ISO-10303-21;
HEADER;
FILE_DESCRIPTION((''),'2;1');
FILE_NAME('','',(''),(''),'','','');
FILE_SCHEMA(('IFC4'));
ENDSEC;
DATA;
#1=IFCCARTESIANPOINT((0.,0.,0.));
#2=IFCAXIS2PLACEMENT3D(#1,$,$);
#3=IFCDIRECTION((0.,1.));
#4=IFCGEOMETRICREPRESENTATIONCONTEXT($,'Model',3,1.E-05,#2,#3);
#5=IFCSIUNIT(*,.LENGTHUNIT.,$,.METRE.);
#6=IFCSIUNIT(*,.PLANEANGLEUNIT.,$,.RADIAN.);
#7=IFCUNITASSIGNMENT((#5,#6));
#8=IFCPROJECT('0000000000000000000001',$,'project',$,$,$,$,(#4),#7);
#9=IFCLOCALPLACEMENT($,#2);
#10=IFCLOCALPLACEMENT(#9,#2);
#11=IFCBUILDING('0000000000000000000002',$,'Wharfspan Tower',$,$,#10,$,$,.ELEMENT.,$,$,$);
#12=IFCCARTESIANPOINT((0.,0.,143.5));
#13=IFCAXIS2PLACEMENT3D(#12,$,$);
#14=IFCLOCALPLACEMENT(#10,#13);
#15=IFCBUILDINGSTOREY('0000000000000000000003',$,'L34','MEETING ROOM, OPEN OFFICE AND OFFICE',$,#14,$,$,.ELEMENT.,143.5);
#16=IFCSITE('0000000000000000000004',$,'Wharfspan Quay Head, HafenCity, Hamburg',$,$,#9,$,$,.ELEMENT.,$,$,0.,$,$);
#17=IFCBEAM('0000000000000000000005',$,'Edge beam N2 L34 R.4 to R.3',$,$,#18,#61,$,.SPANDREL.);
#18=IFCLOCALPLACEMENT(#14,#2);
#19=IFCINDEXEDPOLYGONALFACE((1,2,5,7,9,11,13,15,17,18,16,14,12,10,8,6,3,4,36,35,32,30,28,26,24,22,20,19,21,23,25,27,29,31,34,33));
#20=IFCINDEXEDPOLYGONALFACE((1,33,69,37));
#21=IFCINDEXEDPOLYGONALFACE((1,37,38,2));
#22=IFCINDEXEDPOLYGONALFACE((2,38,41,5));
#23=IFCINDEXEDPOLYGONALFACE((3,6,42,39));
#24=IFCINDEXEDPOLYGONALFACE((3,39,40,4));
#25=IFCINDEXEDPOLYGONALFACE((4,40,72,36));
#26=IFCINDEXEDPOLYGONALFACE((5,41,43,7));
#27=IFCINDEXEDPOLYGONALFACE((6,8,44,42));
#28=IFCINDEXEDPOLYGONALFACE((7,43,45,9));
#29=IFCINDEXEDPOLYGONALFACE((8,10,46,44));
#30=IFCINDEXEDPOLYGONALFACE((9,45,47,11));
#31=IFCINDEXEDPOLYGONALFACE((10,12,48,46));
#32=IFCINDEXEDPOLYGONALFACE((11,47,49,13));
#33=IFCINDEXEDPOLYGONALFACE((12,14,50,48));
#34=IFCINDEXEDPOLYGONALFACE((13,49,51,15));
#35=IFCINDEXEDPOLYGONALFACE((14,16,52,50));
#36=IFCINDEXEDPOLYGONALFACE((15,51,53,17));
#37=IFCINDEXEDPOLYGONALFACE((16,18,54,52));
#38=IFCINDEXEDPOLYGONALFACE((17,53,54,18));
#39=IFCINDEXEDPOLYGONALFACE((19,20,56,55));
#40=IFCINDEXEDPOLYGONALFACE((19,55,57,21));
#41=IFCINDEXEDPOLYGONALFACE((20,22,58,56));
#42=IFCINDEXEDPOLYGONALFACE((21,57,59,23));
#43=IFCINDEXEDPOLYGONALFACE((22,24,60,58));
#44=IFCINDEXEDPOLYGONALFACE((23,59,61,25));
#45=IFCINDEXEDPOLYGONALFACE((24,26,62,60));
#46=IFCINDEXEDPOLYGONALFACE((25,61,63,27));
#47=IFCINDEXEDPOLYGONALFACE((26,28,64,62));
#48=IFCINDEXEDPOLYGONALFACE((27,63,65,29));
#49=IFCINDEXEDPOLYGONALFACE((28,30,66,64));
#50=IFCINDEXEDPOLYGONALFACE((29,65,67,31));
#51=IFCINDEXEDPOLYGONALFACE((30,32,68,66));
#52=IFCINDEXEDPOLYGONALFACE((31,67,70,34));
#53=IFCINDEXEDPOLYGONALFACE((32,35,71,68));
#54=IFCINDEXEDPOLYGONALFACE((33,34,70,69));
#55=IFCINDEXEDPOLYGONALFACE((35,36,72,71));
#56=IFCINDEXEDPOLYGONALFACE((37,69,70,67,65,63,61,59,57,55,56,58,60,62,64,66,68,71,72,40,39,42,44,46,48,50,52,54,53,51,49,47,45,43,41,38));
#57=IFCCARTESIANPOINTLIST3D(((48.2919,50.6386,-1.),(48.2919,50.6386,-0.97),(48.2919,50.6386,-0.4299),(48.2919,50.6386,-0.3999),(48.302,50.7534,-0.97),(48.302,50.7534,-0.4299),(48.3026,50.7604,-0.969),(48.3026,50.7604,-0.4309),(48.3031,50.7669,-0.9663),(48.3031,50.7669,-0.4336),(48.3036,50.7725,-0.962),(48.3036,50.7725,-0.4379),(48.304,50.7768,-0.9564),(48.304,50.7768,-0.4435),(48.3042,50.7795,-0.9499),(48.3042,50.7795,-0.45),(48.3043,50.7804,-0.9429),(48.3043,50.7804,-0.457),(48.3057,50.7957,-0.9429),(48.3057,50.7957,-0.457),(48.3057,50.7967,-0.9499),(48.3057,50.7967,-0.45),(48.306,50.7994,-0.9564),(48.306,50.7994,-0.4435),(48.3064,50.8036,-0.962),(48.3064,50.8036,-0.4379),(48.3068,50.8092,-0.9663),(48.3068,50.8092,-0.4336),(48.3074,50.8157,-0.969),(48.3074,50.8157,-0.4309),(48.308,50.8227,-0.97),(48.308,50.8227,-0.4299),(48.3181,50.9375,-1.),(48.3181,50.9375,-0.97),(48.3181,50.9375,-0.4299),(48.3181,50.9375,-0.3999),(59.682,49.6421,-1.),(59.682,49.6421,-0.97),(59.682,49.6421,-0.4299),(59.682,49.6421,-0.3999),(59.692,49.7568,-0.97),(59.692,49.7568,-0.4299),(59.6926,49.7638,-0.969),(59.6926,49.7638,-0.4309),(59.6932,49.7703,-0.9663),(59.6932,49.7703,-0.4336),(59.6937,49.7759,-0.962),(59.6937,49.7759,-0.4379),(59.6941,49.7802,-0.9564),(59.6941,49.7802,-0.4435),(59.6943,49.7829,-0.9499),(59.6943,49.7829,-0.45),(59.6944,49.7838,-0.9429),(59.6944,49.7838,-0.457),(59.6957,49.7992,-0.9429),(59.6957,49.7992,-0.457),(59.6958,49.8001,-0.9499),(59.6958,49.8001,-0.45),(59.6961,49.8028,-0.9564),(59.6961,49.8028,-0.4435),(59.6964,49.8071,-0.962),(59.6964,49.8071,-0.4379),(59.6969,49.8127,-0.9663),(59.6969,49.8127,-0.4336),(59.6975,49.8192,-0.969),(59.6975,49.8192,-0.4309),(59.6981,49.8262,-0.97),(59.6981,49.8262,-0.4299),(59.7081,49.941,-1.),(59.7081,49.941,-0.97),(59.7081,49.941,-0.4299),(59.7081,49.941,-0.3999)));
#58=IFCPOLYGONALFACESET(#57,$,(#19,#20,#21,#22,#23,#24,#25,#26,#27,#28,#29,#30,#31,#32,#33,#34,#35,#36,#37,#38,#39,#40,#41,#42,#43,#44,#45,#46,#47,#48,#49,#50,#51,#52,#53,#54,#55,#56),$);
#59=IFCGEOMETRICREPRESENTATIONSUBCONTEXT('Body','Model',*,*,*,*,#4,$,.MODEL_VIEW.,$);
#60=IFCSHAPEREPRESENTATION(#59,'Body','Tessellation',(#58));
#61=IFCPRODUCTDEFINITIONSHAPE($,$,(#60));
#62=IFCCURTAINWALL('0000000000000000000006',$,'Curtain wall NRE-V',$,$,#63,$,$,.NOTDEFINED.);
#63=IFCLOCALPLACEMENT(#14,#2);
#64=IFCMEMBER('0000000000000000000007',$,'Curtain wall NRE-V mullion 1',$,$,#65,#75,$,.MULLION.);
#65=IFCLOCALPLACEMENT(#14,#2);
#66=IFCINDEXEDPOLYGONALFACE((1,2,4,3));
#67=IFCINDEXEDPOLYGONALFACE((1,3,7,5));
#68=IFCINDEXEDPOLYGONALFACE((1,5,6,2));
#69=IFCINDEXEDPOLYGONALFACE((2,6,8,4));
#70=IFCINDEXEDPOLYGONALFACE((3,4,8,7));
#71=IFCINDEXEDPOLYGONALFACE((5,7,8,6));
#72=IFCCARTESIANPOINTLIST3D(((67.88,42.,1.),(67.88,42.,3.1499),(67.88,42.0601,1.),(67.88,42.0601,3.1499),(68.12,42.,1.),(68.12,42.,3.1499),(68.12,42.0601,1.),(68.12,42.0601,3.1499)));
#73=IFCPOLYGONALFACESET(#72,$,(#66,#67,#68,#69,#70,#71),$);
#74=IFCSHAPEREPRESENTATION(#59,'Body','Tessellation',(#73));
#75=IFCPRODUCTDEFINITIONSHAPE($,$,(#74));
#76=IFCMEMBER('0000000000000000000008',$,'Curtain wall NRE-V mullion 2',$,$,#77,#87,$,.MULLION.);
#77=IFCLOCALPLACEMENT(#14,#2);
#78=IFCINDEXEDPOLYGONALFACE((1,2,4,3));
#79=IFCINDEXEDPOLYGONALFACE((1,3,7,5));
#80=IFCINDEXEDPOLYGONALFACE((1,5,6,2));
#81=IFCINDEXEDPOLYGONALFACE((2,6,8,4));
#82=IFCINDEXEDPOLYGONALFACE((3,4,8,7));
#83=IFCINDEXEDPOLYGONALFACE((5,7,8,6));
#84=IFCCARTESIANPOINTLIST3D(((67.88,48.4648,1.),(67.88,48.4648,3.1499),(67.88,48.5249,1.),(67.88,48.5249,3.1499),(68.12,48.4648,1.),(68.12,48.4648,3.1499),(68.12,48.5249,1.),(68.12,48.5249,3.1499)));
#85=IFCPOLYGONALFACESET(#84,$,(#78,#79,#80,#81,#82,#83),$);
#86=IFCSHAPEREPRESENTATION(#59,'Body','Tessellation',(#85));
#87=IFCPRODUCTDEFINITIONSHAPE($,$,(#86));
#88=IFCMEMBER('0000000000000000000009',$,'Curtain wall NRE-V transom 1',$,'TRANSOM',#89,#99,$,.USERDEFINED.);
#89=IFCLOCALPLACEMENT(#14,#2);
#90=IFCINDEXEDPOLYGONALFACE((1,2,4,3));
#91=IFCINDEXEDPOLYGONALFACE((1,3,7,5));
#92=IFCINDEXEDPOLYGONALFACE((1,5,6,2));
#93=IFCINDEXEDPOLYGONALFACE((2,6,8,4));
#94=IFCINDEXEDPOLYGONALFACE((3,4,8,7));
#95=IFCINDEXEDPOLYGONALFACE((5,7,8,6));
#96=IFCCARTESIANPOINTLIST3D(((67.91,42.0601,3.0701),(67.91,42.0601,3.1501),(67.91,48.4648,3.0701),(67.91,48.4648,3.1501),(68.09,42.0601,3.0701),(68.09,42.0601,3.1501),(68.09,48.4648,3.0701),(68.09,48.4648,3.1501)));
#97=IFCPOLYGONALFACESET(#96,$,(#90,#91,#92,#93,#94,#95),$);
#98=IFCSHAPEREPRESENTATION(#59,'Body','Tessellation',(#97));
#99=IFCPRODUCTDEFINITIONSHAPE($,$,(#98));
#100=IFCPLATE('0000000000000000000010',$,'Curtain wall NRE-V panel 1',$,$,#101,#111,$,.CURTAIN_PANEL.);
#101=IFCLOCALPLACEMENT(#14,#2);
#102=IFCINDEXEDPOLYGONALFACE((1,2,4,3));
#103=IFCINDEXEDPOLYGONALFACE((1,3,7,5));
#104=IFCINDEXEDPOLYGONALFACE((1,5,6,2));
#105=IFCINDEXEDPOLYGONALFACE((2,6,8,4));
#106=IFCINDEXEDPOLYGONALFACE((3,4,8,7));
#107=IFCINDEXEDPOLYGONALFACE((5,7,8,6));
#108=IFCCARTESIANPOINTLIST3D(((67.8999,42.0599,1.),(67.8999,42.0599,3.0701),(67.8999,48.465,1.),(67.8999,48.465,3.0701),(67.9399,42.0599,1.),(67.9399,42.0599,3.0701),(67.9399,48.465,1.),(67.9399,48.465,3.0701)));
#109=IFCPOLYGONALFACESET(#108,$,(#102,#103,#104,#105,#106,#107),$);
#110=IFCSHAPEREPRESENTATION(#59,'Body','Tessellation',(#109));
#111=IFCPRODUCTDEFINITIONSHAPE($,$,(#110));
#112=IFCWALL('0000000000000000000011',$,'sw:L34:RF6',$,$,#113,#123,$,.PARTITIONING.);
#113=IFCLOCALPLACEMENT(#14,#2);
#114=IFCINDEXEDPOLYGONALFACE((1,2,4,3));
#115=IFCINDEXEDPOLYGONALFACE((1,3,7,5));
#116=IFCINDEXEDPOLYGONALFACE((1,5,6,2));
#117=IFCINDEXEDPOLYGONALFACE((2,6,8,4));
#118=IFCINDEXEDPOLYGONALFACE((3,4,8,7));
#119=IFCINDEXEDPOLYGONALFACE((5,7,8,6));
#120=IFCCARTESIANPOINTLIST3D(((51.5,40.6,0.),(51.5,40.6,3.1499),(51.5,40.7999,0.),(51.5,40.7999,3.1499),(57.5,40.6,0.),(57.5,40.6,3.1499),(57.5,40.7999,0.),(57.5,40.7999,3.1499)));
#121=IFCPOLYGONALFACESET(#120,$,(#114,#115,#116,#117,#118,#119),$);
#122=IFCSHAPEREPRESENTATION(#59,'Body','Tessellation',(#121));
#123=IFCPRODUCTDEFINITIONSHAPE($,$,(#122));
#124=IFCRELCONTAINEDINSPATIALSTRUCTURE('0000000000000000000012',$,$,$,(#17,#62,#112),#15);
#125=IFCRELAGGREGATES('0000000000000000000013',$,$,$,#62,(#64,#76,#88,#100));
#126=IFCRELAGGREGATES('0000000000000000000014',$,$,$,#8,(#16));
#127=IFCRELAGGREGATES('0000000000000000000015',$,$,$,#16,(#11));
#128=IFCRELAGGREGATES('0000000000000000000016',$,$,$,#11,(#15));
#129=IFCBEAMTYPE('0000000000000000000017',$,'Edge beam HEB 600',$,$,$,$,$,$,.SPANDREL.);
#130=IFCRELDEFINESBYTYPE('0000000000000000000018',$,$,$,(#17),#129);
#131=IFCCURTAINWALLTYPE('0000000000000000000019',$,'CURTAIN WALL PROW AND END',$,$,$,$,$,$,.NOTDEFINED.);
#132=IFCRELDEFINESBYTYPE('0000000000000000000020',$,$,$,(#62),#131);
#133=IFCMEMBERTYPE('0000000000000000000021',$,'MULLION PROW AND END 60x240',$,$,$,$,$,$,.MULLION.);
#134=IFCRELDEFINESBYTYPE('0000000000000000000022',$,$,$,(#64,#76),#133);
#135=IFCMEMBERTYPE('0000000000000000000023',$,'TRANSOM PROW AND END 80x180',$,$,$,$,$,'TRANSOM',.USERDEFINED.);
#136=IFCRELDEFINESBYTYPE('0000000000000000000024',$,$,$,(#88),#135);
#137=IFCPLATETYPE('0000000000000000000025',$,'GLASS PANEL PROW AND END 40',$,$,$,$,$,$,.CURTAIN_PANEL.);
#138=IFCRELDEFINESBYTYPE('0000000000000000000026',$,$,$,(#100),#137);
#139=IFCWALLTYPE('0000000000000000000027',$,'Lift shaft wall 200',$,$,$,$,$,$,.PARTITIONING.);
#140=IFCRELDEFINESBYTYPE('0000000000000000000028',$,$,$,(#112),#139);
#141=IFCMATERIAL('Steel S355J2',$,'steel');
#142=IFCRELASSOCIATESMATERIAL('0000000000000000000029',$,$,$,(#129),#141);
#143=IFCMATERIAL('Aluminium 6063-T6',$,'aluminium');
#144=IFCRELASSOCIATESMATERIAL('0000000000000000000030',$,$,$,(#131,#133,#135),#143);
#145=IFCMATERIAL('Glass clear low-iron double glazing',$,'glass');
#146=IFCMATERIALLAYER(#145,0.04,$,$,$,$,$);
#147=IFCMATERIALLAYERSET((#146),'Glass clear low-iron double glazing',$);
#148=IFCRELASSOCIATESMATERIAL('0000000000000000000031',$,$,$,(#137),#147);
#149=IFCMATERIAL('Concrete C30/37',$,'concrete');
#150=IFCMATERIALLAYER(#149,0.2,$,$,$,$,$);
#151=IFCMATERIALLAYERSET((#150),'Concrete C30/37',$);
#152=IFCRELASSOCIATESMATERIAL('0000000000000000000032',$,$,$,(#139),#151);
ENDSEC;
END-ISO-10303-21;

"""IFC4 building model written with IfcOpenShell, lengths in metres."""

from ifc_helpers import new_model, si_unit, direction, frame, frame_2d, origin, origin_2d, place, context, subcontext, project, spatial, rectangle, i_section, extrude, material, layer, layer_set, material_profile, profile_set, type_object, element, aggregate, save


model = new_model("IFC4")

# Units and contexts
model_context = context("Model", 3, precision=1e-05, world=origin(), true_north=direction((0.0, 1.0)))
body_context = subcontext(model_context, "Body", "Model", "MODEL_VIEW")
ifc_project = project(units=[si_unit("LENGTHUNIT", "METRE"), si_unit("PLANEANGLEUNIT", "RADIAN")], contexts=[model_context])

# Site, building, storey
site_placement = place(None, origin())
site = spatial("IfcSite", under=ifc_project, at=site_placement, Name="Wharfspan Quay Head, HafenCity, Hamburg", CompositionType="ELEMENT", RefElevation=0.0)
building_placement = place(site_placement, origin())
building = spatial("IfcBuilding", under=site, at=building_placement, Name="Wharfspan Tower", CompositionType="ELEMENT")
storey_placement = place(building_placement, frame((0.0, 0.0, 143.5)))
storey = spatial("IfcBuildingStorey", under=building, at=storey_placement, Name="L34", Description="MEETING ROOM, OPEN OFFICE AND OFFICE", CompositionType="ELEMENT", Elevation=143.5)

# Shared definitions
ifc_material_1 = material(Name="Steel S355J2", Category="steel")

# Beam
ifc_material_profile_1 = material_profile(ifc_material_1, i_section(OverallWidth=0.3, OverallDepth=0.6001, WebThickness=0.0154, FlangeThickness=0.03, FilletRadius=0.0271, at=origin_2d()))
ifc_profile_set_1 = profile_set([ifc_material_profile_1], Name="Steel S355J2")
beam_type = type_object("IfcBeamType", Name="Edge beam HEB 600", PredefinedType="SPANDREL", material=ifc_profile_set_1)
beam_placement = place(storey_placement, frame((59.6951, 49.7915, -0.7), z_axis=(-0.996194, 0.087162, 0.0), x_axis=(-0.087162, -0.996194, 0.0)))
element("IfcBeam", 1, at=beam_placement, inside=storey, type_object=beam_type, Name="Edge beam N2 L34 R.4 to R.3", PredefinedType="SPANDREL", context=body_context, shape_type="SweptSolid", body=[
    extrude(i_section(OverallWidth=0.3, OverallDepth=0.6001, WebThickness=0.0154, FlangeThickness=0.03, FilletRadius=0.0271, at=origin_2d()), origin(), (0.0, 0.0, 1.0), 11.4336),
])

# Curtain wall, members, plate
ifc_material_2 = material(Name="Aluminium 6063-T6", Category="aluminium")
curtain_wall_type = type_object("IfcCurtainWallType", Name="CURTAIN WALL PROW AND END", PredefinedType="NOTDEFINED", material=ifc_material_2)
curtain_wall_placement = place(storey_placement, origin())
curtain_wall = element("IfcCurtainWall", 2, at=curtain_wall_placement, inside=storey, type_object=curtain_wall_type, Name="Curtain wall NRE-V", PredefinedType="NOTDEFINED")
ifc_material_profile_2 = material_profile(ifc_material_2, rectangle(XDim=0.24, YDim=0.0601, at=origin_2d()))
ifc_profile_set_2 = profile_set([ifc_material_profile_2], Name="Aluminium 6063-T6")
member_type_1 = type_object("IfcMemberType", Name="MULLION PROW AND END 60x240", PredefinedType="MULLION", material=ifc_profile_set_2)
member_1_placement = place(storey_placement, frame((68.0, 42.03, 1.0), z_axis=(0.0, 0.0, 1.0), x_axis=(-1.0, 0.0, 0.0)))
member_1 = element("IfcMember", 3, at=member_1_placement, type_object=member_type_1, Name="Curtain wall NRE-V mullion 1", PredefinedType="MULLION", context=body_context, shape_type="SweptSolid", body=[
    extrude(rectangle(XDim=0.24, YDim=0.0601, at=origin_2d()), origin(), (0.0, 0.0, 1.0), 2.1499),
])
member_2_placement = place(storey_placement, frame((68.0, 48.4949, 1.0), z_axis=(0.0, 0.0, 1.0), x_axis=(-1.0, 0.0, 0.0)))
member_2 = element("IfcMember", 4, at=member_2_placement, type_object=member_type_1, Name="Curtain wall NRE-V mullion 2", PredefinedType="MULLION", context=body_context, shape_type="SweptSolid", body=[
    extrude(rectangle(XDim=0.24, YDim=0.0601, at=origin_2d()), origin(), (0.0, 0.0, 1.0), 2.1499),
])
ifc_material_profile_3 = material_profile(ifc_material_2, rectangle(XDim=0.1799, YDim=0.0801, at=origin_2d()))
ifc_profile_set_3 = profile_set([ifc_material_profile_3], Name="Aluminium 6063-T6")
member_type_2 = type_object("IfcMemberType", Name="TRANSOM PROW AND END 80x180", ElementType="TRANSOM", PredefinedType="USERDEFINED", material=ifc_profile_set_3)
member_3_placement = place(storey_placement, frame((68.0, 42.0601, 3.1101), z_axis=(0.0, 1.0, 0.0), x_axis=(-1.0, 0.0, 0.0)))
member_3 = element("IfcMember", 5, at=member_3_placement, type_object=member_type_2, Name="Curtain wall NRE-V transom 1", ObjectType="TRANSOM", PredefinedType="USERDEFINED", context=body_context, shape_type="SweptSolid", body=[
    extrude(rectangle(XDim=0.1799, YDim=0.0801, at=origin_2d()), origin(), (0.0, 0.0, 1.0), 6.4048),
])
ifc_material_3 = material(Name="Glass clear low-iron double glazing", Category="glass")
ifc_layer_1 = layer(ifc_material_3, 0.04)
ifc_layer_set_1 = layer_set([ifc_layer_1], Name="Glass clear low-iron double glazing")
plate_type = type_object("IfcPlateType", Name="GLASS PANEL PROW AND END 40", PredefinedType="CURTAIN_PANEL", material=ifc_layer_set_1)
plate_placement = place(storey_placement, frame((67.9199, 45.2625, 1.0), z_axis=(0.0, 0.0, 1.0), x_axis=(0.0, 1.0, 0.0)))
plate = element("IfcPlate", 6, at=plate_placement, type_object=plate_type, Name="Curtain wall NRE-V panel 1", PredefinedType="CURTAIN_PANEL", context=body_context, shape_type="SweptSolid", body=[
    extrude(rectangle(XDim=6.405, YDim=0.04, at=origin_2d()), origin(), (0.0, 0.0, 1.0), 2.0701),
])
aggregate(curtain_wall, [member_1, member_2, member_3, plate])

# Wall
ifc_material_4 = material(Name="Concrete C30/37", Category="concrete")
ifc_layer_2 = layer(ifc_material_4, 0.2)
ifc_layer_set_2 = layer_set([ifc_layer_2], Name="Concrete C30/37")
wall_type_1 = type_object("IfcWallType", Name="Lift shaft wall 200", PredefinedType="PARTITIONING", material=ifc_layer_set_2)
wall_1_placement = place(storey_placement, frame((51.5, 40.7, 0.0), z_axis=(0.0, 0.0, 1.0), x_axis=(1.0, 0.0, 0.0)))
element("IfcWall", 7, at=wall_1_placement, inside=storey, type_object=wall_type_1, Name="sw:L34:RF6", PredefinedType="PARTITIONING", context=body_context, shape_type="SweptSolid", body=[
    extrude(rectangle(XDim=6.0, YDim=0.2, at=frame_2d((3.0, 0.0))), origin(), (0.0, 0.0, 1.0), 3.1499),
])

save(model, "model.ifc")
